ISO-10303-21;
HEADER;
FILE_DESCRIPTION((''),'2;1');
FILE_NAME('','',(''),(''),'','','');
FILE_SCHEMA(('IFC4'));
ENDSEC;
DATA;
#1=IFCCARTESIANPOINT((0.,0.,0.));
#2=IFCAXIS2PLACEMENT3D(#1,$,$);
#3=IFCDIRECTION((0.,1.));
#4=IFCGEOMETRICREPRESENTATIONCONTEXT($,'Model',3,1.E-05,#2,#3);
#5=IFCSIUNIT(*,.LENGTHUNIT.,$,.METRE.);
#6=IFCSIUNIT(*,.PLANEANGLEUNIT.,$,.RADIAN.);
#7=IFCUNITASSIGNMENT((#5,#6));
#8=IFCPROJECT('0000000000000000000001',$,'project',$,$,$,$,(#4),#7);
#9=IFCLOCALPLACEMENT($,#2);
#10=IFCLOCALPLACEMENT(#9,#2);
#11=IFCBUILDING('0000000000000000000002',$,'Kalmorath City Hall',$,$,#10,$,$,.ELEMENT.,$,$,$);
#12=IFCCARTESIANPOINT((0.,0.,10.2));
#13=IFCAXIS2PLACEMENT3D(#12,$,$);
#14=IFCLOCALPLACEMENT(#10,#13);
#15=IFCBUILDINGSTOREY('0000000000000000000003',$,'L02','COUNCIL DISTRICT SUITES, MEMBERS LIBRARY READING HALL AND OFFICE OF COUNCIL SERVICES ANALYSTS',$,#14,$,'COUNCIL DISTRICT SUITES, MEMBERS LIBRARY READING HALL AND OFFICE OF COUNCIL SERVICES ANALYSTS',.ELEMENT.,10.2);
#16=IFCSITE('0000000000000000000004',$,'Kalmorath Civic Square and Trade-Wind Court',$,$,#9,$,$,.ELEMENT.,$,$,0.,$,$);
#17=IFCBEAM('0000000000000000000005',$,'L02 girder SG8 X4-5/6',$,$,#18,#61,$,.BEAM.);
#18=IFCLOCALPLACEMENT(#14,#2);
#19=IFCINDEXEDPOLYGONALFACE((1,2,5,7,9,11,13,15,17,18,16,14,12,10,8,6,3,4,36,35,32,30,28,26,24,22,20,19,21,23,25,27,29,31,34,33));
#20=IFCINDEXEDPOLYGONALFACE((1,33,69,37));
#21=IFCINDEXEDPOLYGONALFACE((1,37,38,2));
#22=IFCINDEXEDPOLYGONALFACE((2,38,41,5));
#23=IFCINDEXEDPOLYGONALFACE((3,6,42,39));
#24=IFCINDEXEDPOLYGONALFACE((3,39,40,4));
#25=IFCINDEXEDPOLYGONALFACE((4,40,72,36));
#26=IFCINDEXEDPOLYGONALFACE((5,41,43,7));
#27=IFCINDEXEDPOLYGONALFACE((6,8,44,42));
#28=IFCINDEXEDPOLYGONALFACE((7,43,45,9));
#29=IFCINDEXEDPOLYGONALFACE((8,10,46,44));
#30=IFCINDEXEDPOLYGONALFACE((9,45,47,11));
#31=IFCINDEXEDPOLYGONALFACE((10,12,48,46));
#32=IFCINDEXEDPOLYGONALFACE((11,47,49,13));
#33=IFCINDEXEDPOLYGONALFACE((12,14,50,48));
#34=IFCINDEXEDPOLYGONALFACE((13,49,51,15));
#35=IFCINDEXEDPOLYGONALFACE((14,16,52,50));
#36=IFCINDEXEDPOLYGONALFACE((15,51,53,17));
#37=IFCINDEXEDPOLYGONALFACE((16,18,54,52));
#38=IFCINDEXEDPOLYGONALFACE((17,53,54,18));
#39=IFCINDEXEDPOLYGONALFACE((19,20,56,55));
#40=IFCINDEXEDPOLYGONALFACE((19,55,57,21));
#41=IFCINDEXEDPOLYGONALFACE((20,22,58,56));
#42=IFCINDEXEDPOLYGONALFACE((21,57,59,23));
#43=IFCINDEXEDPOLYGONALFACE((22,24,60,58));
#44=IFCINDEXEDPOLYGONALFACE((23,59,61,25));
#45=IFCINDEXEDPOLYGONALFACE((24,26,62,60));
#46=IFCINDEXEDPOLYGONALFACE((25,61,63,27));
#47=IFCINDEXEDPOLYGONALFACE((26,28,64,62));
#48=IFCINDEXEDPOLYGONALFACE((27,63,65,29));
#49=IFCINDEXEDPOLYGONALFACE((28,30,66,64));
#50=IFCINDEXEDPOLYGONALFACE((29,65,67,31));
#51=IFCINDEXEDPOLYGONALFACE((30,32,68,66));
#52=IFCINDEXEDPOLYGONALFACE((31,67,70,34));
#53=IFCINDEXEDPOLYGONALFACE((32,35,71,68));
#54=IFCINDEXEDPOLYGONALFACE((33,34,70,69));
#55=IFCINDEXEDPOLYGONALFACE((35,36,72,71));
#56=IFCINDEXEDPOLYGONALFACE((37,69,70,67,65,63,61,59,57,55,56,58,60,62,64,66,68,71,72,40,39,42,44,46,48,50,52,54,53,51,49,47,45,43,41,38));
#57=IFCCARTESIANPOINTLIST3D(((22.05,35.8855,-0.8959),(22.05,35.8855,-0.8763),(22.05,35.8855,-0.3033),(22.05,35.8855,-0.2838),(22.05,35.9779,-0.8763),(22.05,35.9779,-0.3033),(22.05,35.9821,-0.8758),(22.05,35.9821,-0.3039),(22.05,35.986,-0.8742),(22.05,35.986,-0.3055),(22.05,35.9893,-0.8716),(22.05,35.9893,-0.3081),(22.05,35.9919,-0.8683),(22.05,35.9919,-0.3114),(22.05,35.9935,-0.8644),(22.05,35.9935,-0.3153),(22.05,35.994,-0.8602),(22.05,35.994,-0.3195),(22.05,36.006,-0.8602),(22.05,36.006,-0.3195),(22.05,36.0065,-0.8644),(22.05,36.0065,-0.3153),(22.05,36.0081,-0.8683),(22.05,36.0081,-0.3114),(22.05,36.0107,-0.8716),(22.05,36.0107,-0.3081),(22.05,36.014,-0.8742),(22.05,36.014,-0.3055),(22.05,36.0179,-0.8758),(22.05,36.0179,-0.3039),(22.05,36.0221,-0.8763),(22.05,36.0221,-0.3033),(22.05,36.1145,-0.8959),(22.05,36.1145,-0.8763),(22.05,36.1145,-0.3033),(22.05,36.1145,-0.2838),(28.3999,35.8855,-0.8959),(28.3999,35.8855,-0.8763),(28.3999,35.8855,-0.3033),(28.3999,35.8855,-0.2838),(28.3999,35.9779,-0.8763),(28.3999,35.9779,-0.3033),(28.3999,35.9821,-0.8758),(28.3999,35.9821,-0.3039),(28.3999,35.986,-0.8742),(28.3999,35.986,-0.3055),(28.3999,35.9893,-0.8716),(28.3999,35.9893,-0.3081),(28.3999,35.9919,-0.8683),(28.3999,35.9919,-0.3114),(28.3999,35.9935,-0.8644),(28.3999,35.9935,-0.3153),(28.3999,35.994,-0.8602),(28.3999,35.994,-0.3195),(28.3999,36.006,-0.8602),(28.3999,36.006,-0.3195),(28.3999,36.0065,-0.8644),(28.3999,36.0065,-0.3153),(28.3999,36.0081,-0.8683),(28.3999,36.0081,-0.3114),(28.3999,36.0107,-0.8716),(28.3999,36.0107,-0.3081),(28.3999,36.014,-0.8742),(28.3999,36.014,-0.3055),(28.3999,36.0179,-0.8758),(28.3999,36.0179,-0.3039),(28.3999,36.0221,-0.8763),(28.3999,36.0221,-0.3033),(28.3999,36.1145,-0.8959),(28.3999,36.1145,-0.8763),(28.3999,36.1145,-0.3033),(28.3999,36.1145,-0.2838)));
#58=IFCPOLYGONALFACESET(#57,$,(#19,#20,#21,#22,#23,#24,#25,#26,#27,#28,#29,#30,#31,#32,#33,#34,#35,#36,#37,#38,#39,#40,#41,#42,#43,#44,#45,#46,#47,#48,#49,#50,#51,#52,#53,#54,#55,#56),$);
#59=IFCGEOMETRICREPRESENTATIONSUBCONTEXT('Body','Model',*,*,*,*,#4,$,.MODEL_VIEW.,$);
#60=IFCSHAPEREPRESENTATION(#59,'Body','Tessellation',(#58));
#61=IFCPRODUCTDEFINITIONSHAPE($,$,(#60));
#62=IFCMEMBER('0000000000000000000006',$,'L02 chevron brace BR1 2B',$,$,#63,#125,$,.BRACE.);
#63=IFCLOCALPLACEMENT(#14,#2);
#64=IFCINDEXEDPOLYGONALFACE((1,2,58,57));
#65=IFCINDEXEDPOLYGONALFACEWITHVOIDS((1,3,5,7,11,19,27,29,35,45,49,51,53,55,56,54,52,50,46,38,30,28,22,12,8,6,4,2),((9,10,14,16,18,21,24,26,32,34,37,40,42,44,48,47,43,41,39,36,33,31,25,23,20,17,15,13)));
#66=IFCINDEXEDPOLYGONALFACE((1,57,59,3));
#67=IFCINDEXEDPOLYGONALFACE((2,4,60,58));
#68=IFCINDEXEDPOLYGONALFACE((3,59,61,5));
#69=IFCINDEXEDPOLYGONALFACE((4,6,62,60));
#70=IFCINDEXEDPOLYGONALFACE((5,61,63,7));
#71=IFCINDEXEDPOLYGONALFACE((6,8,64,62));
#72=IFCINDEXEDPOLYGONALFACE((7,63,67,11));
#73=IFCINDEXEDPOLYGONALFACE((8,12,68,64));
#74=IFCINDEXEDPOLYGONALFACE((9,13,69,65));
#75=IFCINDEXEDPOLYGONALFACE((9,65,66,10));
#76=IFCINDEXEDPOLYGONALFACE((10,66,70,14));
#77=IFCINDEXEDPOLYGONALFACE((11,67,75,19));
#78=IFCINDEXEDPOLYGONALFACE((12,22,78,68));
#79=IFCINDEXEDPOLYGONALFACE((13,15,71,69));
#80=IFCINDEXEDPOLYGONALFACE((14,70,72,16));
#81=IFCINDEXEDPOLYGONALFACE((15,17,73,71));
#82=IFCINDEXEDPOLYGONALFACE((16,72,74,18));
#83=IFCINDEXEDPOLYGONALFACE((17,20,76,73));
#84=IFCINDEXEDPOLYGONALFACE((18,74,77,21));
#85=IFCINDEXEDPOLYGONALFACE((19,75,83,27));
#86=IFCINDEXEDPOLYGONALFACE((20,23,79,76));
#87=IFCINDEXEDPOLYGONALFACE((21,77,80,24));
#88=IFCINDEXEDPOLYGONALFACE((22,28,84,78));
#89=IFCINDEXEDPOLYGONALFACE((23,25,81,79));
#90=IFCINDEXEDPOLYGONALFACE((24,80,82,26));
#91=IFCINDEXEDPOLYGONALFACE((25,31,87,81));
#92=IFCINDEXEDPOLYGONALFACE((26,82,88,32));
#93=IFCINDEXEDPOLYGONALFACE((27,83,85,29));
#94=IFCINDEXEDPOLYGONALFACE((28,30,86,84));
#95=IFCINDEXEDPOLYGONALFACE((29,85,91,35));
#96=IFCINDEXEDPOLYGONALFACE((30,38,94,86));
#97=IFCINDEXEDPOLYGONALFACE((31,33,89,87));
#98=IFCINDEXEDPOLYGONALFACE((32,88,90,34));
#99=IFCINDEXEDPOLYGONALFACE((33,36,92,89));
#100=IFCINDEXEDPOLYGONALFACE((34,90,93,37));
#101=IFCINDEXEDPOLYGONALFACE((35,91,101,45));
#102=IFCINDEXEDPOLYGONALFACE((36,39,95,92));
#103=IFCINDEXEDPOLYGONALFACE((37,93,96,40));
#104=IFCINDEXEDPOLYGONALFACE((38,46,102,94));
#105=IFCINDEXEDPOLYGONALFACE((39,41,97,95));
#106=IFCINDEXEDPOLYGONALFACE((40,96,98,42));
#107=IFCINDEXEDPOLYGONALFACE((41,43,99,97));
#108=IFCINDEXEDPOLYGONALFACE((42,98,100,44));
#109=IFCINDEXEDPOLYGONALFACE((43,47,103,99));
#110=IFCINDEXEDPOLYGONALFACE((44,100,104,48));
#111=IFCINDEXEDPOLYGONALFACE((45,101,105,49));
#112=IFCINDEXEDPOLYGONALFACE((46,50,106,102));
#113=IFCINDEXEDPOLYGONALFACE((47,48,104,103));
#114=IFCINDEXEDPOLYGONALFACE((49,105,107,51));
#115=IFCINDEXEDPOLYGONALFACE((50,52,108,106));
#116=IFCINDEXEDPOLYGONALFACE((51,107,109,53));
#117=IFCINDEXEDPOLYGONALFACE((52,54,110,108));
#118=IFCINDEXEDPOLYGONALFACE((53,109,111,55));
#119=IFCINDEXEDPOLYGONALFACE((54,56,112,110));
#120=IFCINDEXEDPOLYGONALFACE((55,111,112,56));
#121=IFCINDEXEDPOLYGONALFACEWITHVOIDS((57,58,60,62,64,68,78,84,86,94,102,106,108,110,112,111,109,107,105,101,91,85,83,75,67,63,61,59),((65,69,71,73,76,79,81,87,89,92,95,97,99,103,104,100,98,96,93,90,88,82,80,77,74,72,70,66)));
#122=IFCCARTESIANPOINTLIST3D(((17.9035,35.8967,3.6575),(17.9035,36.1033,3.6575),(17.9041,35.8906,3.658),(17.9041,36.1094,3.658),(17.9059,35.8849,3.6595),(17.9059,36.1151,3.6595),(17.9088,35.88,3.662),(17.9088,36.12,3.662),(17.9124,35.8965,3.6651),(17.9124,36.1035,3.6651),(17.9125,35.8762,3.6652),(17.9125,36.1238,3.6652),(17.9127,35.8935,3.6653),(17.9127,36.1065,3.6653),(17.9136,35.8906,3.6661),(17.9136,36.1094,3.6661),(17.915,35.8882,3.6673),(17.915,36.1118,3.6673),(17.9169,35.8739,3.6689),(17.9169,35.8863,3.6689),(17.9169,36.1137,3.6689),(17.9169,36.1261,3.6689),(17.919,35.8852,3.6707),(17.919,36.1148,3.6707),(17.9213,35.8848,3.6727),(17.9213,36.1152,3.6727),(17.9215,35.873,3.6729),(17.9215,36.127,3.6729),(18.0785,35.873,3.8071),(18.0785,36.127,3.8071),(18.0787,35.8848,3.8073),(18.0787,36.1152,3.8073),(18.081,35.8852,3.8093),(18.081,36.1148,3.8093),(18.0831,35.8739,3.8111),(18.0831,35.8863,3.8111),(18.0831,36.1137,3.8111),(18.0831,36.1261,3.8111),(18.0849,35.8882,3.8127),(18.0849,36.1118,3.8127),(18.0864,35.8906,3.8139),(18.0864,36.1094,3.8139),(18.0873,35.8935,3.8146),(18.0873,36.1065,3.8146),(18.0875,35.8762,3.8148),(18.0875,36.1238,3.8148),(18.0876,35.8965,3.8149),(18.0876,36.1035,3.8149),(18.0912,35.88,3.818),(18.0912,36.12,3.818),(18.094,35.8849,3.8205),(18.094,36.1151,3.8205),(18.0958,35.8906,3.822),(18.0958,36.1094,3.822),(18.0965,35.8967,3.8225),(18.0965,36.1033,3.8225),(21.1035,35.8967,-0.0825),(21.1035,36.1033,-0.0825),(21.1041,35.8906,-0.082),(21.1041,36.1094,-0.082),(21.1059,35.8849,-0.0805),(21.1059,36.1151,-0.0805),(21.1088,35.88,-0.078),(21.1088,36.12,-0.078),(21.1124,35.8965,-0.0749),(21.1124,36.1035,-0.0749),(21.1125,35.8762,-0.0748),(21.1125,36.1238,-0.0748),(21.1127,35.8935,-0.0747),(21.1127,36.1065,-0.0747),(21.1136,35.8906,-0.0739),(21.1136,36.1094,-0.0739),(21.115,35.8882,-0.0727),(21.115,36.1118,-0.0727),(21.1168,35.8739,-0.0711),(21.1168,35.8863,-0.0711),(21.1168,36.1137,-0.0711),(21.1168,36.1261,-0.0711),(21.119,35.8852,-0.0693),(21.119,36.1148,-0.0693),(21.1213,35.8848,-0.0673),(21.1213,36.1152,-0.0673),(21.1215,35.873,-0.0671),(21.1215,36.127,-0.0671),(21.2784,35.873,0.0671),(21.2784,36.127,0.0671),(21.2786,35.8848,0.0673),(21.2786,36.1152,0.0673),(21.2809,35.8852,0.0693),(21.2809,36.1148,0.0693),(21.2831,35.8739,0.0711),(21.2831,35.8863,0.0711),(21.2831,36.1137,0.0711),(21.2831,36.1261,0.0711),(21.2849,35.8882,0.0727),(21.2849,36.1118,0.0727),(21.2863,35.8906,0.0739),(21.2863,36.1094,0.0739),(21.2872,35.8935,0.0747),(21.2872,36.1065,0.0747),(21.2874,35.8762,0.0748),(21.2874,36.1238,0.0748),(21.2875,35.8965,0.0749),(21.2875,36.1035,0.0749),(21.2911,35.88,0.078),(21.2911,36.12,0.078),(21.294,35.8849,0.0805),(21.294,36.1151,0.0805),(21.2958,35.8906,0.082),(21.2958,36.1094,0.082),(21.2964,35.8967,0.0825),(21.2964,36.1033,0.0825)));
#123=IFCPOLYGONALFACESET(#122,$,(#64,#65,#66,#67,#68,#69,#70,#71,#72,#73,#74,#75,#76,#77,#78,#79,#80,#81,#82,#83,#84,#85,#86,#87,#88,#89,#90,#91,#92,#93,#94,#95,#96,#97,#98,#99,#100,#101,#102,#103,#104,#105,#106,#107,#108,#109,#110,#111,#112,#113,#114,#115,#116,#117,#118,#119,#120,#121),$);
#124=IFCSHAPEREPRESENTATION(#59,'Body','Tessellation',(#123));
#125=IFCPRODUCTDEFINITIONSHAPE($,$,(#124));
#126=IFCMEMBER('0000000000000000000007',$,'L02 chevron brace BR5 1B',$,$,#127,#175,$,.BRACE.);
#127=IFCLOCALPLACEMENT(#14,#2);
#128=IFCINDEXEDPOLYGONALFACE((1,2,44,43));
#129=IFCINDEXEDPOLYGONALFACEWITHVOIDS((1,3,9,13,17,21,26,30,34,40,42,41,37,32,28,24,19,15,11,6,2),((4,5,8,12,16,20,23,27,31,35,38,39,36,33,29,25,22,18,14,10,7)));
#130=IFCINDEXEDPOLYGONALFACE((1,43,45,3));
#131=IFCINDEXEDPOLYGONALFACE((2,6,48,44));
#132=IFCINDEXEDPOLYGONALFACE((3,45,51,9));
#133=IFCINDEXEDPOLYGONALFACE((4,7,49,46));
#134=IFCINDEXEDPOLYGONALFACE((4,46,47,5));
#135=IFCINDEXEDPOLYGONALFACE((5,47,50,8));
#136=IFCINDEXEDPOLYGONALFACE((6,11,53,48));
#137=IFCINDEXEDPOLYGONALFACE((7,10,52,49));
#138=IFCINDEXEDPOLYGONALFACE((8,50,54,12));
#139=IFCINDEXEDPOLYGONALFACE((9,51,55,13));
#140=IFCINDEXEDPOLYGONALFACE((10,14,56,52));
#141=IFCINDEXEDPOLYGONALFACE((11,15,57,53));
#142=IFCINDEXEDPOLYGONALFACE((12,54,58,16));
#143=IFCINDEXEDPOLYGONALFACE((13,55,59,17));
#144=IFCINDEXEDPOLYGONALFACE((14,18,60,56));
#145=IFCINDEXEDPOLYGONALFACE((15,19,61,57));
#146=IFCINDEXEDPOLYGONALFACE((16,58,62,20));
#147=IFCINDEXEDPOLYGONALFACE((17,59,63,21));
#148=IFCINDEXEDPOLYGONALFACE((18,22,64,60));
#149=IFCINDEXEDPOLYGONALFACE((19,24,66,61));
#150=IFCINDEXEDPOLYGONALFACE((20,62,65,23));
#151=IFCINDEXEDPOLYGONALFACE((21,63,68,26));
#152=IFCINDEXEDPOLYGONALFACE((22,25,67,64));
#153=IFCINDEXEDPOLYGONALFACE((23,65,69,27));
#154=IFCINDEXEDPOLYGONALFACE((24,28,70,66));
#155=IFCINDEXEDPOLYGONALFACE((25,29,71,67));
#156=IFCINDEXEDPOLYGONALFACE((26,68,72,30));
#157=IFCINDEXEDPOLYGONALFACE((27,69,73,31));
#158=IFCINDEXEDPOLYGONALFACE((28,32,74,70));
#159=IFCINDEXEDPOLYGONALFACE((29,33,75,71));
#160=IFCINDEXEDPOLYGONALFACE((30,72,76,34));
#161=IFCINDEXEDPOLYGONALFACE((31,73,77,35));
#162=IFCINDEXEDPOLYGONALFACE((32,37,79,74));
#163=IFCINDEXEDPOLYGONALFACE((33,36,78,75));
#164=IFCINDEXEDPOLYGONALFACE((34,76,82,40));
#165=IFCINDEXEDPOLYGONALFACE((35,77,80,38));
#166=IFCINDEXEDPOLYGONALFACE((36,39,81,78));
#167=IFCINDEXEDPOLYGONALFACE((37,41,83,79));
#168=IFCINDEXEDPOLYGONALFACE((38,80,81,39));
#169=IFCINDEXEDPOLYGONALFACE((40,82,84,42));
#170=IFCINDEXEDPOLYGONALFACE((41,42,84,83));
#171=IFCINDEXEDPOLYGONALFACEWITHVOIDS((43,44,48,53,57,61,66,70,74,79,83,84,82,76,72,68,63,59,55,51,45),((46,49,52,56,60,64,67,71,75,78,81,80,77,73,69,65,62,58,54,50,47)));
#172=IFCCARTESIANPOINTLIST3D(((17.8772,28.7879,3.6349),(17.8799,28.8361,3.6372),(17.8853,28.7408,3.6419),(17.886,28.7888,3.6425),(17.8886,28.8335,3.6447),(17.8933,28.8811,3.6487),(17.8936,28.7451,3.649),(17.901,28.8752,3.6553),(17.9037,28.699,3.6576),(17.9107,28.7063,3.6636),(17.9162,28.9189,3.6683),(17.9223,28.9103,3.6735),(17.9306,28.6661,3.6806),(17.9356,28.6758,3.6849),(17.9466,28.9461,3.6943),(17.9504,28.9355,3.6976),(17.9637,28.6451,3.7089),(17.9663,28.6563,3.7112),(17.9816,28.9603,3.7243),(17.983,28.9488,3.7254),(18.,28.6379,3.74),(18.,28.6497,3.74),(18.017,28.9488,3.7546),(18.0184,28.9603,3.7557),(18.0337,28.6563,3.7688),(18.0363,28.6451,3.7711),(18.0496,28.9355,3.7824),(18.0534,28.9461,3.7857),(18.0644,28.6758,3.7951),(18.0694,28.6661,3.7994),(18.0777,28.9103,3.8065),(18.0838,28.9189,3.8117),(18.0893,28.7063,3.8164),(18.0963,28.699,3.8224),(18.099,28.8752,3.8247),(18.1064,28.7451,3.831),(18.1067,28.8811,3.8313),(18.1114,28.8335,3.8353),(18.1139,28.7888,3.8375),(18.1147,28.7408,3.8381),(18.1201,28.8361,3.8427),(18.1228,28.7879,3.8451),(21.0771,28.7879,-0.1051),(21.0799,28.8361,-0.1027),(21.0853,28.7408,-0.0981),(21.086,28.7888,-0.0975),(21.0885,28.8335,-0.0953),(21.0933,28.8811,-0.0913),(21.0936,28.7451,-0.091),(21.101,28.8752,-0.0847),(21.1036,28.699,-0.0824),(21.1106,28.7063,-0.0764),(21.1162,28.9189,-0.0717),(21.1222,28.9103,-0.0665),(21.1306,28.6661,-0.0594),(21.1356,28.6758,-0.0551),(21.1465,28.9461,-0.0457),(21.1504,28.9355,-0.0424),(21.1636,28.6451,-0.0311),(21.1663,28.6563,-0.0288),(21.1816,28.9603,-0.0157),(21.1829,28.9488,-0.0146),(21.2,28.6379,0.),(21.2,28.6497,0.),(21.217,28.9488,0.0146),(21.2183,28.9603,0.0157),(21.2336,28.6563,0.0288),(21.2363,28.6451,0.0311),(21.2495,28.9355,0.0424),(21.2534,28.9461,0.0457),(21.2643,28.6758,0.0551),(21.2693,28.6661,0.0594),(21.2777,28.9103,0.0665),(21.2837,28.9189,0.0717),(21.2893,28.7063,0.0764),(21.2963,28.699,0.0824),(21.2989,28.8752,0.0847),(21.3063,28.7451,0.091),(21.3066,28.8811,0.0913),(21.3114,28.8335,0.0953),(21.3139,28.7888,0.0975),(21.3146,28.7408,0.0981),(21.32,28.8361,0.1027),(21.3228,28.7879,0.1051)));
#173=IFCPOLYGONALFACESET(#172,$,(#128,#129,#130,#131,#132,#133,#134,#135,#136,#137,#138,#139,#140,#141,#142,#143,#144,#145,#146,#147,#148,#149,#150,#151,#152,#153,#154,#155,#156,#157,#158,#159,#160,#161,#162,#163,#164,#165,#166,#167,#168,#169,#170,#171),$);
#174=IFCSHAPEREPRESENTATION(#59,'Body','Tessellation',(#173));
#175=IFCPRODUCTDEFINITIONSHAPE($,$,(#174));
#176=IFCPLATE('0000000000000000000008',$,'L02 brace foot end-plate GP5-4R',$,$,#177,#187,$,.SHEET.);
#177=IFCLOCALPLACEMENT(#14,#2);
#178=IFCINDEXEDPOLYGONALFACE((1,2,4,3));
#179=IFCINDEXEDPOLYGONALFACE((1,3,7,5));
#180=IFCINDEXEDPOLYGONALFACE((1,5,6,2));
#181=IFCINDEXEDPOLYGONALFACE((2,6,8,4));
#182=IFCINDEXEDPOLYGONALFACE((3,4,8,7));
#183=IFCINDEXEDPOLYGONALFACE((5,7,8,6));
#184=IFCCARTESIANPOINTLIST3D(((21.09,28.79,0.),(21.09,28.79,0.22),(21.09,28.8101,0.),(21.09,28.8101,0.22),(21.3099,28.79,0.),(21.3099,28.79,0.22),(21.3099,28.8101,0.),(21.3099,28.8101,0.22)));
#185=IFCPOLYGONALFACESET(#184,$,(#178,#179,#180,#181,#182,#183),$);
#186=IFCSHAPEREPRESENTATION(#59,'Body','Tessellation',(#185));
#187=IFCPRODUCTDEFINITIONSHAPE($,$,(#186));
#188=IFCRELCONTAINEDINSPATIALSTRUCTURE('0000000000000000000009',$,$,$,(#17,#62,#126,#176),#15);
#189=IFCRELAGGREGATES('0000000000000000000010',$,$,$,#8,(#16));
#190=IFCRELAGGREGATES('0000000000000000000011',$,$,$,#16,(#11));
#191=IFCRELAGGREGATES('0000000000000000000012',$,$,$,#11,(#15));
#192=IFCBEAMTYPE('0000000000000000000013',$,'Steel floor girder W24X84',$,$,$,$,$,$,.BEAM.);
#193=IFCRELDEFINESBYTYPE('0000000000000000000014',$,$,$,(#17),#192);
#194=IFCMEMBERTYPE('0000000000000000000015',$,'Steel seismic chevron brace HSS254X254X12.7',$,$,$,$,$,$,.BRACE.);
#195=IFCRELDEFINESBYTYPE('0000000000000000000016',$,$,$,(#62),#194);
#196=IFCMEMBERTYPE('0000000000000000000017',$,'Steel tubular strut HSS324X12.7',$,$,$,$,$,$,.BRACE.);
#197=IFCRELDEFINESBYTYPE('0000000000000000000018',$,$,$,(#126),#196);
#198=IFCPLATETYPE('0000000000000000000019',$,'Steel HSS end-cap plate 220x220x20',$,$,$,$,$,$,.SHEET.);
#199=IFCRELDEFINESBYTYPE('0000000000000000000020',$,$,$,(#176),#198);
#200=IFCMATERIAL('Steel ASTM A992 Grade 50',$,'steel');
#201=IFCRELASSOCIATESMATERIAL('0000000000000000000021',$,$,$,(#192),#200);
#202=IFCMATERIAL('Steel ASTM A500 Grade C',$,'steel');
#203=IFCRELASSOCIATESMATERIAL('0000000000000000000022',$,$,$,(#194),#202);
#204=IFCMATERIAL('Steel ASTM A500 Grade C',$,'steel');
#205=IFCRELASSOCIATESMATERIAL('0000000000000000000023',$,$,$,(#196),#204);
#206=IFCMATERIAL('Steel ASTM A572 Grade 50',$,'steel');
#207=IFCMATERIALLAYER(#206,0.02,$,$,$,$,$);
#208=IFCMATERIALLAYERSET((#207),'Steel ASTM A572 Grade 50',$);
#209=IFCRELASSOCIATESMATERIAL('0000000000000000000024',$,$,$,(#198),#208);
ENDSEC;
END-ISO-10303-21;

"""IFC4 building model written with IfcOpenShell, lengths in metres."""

from ifc_helpers import new_model, si_unit, direction, frame, origin, origin_2d, place, context, subcontext, project, spatial, rectangle, hollow_rectangle, hollow_circle, i_section, extrude, material, layer, layer_set, material_profile, profile_set, type_object, element, save


model = new_model("IFC4")

# Units and contexts
model_context = context("Model", 3, precision=1e-05, world=origin(), true_north=direction((0.0, 1.0)))
body_context = subcontext(model_context, "Body", "Model", "MODEL_VIEW")
ifc_project = project(units=[si_unit("LENGTHUNIT", "METRE"), si_unit("PLANEANGLEUNIT", "RADIAN")], contexts=[model_context])

# Site, building, storey
site_placement = place(None, origin())
site = spatial("IfcSite", under=ifc_project, at=site_placement, Name="Kalmorath Civic Square and Trade-Wind Court", CompositionType="ELEMENT", RefElevation=0.0)
building_placement = place(site_placement, origin())
building = spatial("IfcBuilding", under=site, at=building_placement, Name="Kalmorath City Hall", CompositionType="ELEMENT")
storey_placement = place(building_placement, frame((0.0, 0.0, 10.2)))
storey = spatial("IfcBuildingStorey", under=building, at=storey_placement, Name="L02", Description="COUNCIL DISTRICT SUITES, MEMBERS LIBRARY READING HALL AND OFFICE OF COUNCIL SERVICES ANALYSTS", LongName="COUNCIL DISTRICT SUITES, MEMBERS LIBRARY READING HALL AND OFFICE OF COUNCIL SERVICES ANALYSTS", CompositionType="ELEMENT", Elevation=10.2)

# Beam
ifc_material_1 = material(Name="Steel ASTM A992 Grade 50", Category="steel")
ifc_material_profile_1 = material_profile(ifc_material_1, i_section(OverallWidth=0.229, OverallDepth=0.6121, WebThickness=0.012, FlangeThickness=0.0195, FilletRadius=0.0161, at=origin_2d()), Name="W24X84")
ifc_profile_set_1 = profile_set([ifc_material_profile_1], Name="Steel ASTM A992 Grade 50")
beam_type_1 = type_object("IfcBeamType", Name="Steel floor girder W24X84", PredefinedType="BEAM", material=ifc_profile_set_1)
beam_1_placement = place(storey_placement, frame((22.05, 36.0, -0.5898), z_axis=(1.0, 0.0, 0.0), x_axis=(0.0, 1.0, 0.0)))
element("IfcBeam", 1, at=beam_1_placement, inside=storey, type_object=beam_type_1, Name="L02 girder SG8 X4-5/6", PredefinedType="BEAM", context=body_context, shape_type="SweptSolid", body=[
    extrude(i_section(OverallWidth=0.229, OverallDepth=0.6121, WebThickness=0.012, FlangeThickness=0.0195, FilletRadius=0.0161, at=origin_2d()), origin(), (0.0, 0.0, 1.0), 6.3499),
])

# Members
ifc_material_2 = material(Name="Steel ASTM A500 Grade C", Category="steel")
ifc_material_profile_2 = material_profile(ifc_material_2, hollow_rectangle(XDim=0.2539, YDim=0.2539, WallThickness=0.0117, InnerFilletRadius=0.0117, OuterFilletRadius=0.0237, at=origin_2d()), Name="HSS254X254X12.7")
ifc_profile_set_2 = profile_set([ifc_material_profile_2], Name="Steel ASTM A500 Grade C")
member_type_1 = type_object("IfcMemberType", Name="Steel seismic chevron brace HSS254X254X12.7", PredefinedType="BRACE", material=ifc_profile_set_2)
member_1_placement = place(storey_placement, frame((21.2, 36.0, 0.0), z_axis=(-0.650117, 0.0, 0.759834), x_axis=(0.0, -1.0, 0.0)))
element("IfcMember", 2, at=member_1_placement, inside=storey, type_object=member_type_1, Name="L02 chevron brace BR1 2B", PredefinedType="BRACE", context=body_context, shape_type="SweptSolid", body=[
    extrude(hollow_rectangle(XDim=0.2539, YDim=0.2539, WallThickness=0.0117, InnerFilletRadius=0.0117, OuterFilletRadius=0.0237, at=origin_2d()), origin(), (0.0, 0.0, 1.0), 4.9221),
])
ifc_material_3 = material(Name="Steel ASTM A500 Grade C", Category="steel")
ifc_material_profile_3 = material_profile(ifc_material_3, hollow_circle(Radius=0.1621, WallThickness=0.0117, at=origin_2d()), Name="HSS324X12.7")
ifc_profile_set_3 = profile_set([ifc_material_profile_3], Name="Steel ASTM A500 Grade C")
member_type_2 = type_object("IfcMemberType", Name="Steel tubular strut HSS324X12.7", PredefinedType="BRACE", material=ifc_profile_set_3)
member_2_placement = place(storey_placement, frame((21.2, 28.8, 0.0), z_axis=(-0.650117, 0.0, 0.759834), x_axis=(0.0, -1.0, 0.0)))
element("IfcMember", 3, at=member_2_placement, inside=storey, type_object=member_type_2, Name="L02 chevron brace BR5 1B", PredefinedType="BRACE", context=body_context, shape_type="SweptSolid", body=[
    extrude(hollow_circle(Radius=0.1621, WallThickness=0.0117, at=origin_2d()), origin(), (0.0, 0.0, 1.0), 4.9221),
])

# Plate
ifc_material_4 = material(Name="Steel ASTM A572 Grade 50", Category="steel")
ifc_layer_1 = layer(ifc_material_4, 0.02)
ifc_layer_set_1 = layer_set([ifc_layer_1], Name="Steel ASTM A572 Grade 50")
plate_type_1 = type_object("IfcPlateType", Name="Steel HSS end-cap plate 220x220x20", PredefinedType="SHEET", material=ifc_layer_set_1)
for number, where, z_axis, x_axis, name in (
    (4, (21.2, 28.8, 0.0), (0.0, 0.0, 1.0), (1.0, 0.0, 0.0), "L02 brace foot end-plate GP5-4R"),
):
    element("IfcPlate", number, at=place(storey_placement, frame(where, z_axis=z_axis, x_axis=x_axis)), inside=storey, type_object=plate_type_1, Name=name, PredefinedType="SHEET", context=body_context, shape_type="SweptSolid", body=[
        extrude(rectangle(XDim=0.22, YDim=0.02, at=origin_2d()), origin(), (0.0, 0.0, 1.0), 0.22),
    ])

save(model, "model.ifc")
